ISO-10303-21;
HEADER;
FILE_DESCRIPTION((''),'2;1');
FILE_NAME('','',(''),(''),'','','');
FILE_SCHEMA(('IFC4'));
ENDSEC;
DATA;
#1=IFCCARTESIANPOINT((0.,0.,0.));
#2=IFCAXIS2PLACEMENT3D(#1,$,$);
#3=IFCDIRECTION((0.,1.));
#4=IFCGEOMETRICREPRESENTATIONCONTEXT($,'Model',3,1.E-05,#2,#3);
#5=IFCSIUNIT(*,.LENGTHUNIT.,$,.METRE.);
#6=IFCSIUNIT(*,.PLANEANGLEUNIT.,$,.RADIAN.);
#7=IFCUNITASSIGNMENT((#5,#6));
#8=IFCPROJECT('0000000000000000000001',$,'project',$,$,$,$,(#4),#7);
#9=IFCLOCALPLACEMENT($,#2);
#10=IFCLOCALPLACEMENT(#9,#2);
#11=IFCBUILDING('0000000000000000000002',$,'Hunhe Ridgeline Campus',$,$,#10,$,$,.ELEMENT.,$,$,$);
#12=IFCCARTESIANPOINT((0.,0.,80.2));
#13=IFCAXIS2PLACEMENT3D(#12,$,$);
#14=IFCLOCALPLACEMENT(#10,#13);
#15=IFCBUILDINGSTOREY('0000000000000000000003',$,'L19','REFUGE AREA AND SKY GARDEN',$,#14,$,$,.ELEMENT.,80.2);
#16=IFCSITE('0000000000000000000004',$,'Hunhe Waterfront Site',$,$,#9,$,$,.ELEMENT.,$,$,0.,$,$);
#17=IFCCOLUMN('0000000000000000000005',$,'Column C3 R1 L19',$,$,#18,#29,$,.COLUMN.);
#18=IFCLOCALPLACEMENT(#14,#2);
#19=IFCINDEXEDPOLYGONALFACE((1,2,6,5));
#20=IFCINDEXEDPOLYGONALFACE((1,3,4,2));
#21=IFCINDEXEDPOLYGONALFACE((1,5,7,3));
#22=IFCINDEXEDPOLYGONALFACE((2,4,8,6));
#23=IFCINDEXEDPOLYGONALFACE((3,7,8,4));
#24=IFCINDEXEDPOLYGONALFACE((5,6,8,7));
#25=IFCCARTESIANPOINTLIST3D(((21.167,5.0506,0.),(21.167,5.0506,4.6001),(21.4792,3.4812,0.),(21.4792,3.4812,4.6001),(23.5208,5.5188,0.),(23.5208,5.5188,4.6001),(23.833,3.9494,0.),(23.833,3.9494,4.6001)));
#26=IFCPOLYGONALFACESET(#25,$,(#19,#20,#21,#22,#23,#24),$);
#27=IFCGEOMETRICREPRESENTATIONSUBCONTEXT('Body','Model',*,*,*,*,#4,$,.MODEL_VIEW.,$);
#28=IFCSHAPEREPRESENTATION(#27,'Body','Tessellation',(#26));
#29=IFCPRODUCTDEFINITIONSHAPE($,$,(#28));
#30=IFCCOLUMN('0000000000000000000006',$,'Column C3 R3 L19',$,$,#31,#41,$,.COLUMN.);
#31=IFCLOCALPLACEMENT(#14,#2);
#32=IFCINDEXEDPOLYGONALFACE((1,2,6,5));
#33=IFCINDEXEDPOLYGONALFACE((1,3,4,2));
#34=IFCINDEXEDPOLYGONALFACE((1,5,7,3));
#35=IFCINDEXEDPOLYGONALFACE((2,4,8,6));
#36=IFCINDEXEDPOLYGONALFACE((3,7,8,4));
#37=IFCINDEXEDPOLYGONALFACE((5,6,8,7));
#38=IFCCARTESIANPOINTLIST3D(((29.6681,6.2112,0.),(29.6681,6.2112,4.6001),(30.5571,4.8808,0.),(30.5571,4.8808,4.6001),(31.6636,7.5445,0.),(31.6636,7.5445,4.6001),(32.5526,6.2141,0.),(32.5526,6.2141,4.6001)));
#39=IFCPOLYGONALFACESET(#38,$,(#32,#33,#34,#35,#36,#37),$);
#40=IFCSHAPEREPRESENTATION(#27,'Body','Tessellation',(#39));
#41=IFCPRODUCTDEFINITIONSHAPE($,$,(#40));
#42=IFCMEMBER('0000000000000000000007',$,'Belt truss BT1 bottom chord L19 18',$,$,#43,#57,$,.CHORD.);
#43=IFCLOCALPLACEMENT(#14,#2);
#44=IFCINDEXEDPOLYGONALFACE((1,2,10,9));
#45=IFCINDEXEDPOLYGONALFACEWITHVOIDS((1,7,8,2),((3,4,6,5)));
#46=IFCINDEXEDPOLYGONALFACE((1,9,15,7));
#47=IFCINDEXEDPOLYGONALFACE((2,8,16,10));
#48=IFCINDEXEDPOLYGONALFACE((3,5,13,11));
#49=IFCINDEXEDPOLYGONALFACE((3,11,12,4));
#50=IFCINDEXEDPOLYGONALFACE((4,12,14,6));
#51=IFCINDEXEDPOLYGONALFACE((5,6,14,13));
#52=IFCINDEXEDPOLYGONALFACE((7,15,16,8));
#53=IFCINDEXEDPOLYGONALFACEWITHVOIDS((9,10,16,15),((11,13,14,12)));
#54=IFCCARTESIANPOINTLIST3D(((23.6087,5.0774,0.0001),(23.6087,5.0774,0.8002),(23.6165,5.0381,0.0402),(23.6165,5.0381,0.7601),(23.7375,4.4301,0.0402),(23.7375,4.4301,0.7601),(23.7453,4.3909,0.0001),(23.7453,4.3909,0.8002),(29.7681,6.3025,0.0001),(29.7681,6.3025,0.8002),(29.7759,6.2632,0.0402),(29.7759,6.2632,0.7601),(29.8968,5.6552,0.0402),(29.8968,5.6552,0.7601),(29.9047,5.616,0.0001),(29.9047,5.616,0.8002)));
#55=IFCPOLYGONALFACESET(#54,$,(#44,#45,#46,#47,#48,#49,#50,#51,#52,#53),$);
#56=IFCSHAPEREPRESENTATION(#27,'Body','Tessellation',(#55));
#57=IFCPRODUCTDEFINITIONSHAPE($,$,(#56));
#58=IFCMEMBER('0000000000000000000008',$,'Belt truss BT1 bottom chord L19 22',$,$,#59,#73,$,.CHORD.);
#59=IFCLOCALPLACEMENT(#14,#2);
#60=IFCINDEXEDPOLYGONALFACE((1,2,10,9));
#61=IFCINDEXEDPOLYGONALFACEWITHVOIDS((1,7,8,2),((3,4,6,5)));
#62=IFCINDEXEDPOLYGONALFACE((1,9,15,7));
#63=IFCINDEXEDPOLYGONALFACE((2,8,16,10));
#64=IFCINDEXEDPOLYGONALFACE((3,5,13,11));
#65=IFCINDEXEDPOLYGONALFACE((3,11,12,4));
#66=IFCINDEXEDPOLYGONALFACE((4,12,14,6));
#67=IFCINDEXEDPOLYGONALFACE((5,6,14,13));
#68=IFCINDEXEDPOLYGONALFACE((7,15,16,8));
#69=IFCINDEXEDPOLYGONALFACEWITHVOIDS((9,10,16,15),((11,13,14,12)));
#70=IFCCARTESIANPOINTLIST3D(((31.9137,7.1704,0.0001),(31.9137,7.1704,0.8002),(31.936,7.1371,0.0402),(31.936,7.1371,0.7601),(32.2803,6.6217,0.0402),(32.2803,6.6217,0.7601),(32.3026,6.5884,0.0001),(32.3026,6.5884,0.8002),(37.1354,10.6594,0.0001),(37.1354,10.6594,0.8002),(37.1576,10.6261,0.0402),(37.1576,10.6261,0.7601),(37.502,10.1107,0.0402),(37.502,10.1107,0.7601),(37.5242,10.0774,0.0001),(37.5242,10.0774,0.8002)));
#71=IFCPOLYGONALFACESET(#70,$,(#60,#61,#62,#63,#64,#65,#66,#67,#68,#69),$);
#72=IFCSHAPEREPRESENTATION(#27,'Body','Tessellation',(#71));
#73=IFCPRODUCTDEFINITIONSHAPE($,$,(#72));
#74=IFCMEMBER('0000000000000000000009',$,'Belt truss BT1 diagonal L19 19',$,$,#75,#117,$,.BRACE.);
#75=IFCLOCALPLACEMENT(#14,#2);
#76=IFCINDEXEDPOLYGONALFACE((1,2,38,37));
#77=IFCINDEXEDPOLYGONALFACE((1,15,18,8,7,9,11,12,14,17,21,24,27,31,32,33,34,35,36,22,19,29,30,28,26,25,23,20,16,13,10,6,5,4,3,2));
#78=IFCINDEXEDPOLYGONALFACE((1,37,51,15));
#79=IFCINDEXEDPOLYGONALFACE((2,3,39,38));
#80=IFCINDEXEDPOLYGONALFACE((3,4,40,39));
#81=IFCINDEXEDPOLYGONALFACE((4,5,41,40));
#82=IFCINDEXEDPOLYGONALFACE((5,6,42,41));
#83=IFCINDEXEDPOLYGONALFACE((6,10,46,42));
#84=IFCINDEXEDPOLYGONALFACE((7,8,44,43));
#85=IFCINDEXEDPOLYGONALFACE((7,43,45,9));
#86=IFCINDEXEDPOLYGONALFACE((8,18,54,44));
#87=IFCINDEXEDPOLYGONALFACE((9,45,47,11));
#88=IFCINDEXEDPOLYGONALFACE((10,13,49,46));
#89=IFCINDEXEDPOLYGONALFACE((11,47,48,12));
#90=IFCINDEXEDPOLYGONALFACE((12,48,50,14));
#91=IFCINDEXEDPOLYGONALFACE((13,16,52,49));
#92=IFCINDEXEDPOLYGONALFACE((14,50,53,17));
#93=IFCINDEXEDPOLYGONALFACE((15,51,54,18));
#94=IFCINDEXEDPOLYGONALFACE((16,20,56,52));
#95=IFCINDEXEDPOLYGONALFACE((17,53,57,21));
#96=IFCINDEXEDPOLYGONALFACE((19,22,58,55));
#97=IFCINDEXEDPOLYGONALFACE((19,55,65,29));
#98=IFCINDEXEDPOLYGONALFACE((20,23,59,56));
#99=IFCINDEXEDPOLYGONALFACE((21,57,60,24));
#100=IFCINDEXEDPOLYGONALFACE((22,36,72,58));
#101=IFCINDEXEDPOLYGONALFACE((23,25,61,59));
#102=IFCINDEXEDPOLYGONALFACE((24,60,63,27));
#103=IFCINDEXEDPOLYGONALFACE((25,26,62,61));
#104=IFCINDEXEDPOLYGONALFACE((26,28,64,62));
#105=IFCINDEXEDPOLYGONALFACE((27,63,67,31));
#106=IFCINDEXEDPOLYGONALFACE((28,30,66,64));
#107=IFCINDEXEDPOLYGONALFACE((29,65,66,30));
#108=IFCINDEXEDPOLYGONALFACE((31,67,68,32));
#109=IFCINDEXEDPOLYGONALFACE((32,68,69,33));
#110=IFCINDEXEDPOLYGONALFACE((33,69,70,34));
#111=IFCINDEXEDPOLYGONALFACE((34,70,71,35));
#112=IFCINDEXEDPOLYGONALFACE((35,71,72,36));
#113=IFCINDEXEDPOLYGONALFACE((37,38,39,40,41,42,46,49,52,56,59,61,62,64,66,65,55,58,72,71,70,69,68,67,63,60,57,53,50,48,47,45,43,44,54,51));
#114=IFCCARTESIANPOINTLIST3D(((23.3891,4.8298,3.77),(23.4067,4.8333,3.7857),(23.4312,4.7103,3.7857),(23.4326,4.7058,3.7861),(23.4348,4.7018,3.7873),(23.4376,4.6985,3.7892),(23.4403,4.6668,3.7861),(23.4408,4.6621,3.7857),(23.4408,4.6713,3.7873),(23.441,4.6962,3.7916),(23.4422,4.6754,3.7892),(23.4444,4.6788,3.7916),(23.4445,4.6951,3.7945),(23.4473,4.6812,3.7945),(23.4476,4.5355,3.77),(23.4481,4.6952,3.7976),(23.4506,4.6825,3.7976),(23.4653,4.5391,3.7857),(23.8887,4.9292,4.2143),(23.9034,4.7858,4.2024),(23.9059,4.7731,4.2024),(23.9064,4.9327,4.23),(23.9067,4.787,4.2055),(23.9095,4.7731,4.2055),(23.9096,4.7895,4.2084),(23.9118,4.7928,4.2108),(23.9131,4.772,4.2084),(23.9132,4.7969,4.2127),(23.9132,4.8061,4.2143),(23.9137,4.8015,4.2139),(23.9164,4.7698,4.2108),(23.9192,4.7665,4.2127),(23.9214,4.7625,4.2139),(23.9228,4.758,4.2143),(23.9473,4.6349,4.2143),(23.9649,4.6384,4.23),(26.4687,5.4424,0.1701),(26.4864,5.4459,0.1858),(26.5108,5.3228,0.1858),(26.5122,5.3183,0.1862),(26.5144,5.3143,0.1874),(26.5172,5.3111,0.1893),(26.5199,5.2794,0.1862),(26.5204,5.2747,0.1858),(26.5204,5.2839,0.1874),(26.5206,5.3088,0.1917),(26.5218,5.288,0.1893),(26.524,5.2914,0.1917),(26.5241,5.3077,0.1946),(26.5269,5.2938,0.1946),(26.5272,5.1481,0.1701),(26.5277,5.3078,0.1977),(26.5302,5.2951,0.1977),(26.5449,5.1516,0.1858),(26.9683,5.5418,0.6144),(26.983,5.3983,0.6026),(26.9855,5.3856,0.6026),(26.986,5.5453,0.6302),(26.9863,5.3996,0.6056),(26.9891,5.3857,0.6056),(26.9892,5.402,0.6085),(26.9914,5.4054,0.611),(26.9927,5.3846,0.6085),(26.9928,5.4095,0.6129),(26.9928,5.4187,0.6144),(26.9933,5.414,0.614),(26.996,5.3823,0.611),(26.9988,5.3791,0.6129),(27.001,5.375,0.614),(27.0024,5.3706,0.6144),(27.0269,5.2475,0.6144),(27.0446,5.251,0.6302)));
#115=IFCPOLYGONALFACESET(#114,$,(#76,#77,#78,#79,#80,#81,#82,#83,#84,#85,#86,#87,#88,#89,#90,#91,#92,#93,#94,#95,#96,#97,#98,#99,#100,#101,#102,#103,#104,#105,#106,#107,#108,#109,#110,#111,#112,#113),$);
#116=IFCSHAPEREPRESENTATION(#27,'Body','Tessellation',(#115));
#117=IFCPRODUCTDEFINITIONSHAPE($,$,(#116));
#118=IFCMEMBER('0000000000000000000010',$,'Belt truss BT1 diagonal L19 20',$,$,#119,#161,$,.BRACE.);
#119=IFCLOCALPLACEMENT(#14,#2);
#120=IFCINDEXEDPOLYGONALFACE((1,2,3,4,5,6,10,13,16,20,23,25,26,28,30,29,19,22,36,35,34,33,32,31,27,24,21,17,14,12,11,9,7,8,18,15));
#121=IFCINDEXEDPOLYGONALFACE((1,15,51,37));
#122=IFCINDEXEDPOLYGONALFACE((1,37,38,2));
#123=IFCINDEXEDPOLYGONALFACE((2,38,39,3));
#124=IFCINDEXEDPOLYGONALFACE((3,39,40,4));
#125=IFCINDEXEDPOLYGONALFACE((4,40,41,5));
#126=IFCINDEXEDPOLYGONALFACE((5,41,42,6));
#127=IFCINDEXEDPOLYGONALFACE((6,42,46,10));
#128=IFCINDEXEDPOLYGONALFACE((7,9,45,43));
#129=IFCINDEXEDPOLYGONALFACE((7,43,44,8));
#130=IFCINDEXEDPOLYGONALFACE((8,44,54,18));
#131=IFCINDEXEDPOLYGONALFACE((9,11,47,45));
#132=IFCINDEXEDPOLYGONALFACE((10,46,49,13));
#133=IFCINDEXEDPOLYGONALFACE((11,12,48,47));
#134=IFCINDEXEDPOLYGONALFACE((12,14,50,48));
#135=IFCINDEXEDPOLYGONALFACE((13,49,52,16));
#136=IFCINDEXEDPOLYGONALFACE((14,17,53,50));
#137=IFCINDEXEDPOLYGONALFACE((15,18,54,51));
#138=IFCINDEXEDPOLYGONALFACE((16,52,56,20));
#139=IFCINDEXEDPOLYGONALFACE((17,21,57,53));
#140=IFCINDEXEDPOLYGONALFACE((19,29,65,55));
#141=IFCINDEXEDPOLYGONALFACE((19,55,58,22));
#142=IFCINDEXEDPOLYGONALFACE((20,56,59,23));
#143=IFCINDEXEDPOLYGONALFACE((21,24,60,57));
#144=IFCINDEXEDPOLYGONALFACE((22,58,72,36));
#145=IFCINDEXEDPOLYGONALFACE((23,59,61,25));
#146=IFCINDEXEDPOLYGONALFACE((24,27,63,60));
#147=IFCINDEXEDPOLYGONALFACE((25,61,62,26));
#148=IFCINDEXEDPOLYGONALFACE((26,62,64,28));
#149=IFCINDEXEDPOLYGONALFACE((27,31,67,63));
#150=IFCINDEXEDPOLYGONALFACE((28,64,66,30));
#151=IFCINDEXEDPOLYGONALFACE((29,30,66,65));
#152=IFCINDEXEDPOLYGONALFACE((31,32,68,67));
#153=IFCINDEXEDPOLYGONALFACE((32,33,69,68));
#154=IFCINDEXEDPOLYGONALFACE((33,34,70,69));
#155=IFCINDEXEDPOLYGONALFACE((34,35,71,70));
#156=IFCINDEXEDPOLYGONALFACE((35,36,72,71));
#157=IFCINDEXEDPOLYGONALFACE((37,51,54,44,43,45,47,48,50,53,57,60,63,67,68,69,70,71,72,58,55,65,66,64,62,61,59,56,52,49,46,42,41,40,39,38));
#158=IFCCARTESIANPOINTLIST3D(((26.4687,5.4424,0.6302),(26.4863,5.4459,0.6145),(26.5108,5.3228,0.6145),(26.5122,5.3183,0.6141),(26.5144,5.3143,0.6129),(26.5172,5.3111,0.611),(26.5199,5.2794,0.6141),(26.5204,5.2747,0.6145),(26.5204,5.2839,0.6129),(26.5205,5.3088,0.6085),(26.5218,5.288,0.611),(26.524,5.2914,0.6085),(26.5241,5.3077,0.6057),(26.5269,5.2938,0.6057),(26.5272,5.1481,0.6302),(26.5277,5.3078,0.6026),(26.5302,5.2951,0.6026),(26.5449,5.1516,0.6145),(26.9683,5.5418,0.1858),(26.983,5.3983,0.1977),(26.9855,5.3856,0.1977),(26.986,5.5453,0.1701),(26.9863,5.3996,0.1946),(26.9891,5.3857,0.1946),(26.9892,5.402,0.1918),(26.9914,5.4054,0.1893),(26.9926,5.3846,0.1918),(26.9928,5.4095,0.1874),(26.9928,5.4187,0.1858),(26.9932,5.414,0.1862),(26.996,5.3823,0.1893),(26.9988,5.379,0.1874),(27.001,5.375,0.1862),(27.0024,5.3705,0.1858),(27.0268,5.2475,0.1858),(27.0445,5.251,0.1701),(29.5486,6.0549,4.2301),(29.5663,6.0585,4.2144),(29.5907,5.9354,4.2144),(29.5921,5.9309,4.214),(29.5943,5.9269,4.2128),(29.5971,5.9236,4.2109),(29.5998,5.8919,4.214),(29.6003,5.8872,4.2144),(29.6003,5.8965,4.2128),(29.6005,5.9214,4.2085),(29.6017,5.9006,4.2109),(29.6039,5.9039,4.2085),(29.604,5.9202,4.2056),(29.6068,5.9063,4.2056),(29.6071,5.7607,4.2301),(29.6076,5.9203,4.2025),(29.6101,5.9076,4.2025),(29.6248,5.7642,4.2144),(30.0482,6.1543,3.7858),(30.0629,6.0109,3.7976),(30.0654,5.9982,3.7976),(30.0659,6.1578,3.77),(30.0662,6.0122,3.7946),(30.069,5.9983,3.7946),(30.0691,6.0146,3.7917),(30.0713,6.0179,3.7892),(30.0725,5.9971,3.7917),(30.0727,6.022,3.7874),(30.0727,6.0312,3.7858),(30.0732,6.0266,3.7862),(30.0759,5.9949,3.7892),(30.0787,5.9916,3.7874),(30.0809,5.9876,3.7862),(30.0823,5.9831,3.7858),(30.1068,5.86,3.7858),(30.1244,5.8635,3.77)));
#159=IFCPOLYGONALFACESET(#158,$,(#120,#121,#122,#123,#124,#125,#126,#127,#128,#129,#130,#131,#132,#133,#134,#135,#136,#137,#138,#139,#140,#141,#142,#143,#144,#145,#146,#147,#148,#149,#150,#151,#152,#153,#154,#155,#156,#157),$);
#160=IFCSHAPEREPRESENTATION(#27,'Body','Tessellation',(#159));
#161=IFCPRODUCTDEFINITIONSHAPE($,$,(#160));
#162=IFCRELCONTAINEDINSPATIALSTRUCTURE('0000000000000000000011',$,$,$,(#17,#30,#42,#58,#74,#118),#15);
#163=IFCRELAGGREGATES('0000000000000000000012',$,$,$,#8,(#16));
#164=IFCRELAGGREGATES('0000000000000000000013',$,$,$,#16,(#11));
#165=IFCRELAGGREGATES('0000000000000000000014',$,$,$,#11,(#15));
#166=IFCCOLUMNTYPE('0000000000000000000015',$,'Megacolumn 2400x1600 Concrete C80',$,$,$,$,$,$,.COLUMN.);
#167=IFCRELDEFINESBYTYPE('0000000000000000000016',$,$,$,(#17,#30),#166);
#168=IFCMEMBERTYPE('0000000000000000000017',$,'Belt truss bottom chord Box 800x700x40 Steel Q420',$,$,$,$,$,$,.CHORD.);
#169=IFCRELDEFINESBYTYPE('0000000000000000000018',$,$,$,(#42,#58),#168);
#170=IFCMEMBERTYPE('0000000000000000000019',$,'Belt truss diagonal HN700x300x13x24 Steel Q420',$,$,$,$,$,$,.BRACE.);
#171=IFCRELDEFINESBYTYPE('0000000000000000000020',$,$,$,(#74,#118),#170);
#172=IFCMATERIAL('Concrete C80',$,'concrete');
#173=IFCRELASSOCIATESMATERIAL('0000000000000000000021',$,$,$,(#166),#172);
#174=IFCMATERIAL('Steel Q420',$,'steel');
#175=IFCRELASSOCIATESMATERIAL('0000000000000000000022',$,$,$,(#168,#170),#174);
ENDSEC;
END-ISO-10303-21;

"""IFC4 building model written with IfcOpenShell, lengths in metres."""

from ifc_helpers import new_model, si_unit, direction, frame, origin, origin_2d, place, context, subcontext, project, spatial, rectangle, hollow_rectangle, i_section, extrude, material, material_profile, profile_set, type_object, element, save


model = new_model("IFC4")

# Units and contexts
model_context = context("Model", 3, precision=1e-05, world=origin(), true_north=direction((0.0, 1.0)))
body_context = subcontext(model_context, "Body", "Model", "MODEL_VIEW")
ifc_project = project(units=[si_unit("LENGTHUNIT", "METRE"), si_unit("PLANEANGLEUNIT", "RADIAN")], contexts=[model_context])

# Site, building, storey
site_placement = place(None, origin())
site = spatial("IfcSite", under=ifc_project, at=site_placement, Name="Hunhe Waterfront Site", CompositionType="ELEMENT", RefElevation=0.0)
building_placement = place(site_placement, origin())
building = spatial("IfcBuilding", under=site, at=building_placement, Name="Hunhe Ridgeline Campus", CompositionType="ELEMENT")
storey_placement = place(building_placement, frame((0.0, 0.0, 80.2)))
storey = spatial("IfcBuildingStorey", under=building, at=storey_placement, Name="L19", Description="REFUGE AREA AND SKY GARDEN", CompositionType="ELEMENT", Elevation=80.2)

# Columns
ifc_material_1 = material(Name="Concrete C80", Category="concrete")
ifc_material_profile_1 = material_profile(ifc_material_1, rectangle(XDim=2.3999, YDim=1.6001, at=origin_2d()))
ifc_profile_set_1 = profile_set([ifc_material_profile_1], Name="Concrete C80")
column_type = type_object("IfcColumnType", Name="Megacolumn 2400x1600 Concrete C80", PredefinedType="COLUMN", material=ifc_profile_set_1)
for number, where, z_axis, x_axis, name in (
    (1, (22.5, 4.5, 0.0), (0.0, 0.0, 1.0), (0.980785, 0.19509, 0.0), "Column C3 R1 L19"),
    (2, (31.1104, 6.2126, 0.0), (0.0, 0.0, 1.0), (0.83147, 0.55557, 0.0), "Column C3 R3 L19"),
):
    element("IfcColumn", number, at=place(storey_placement, frame(where, z_axis=z_axis, x_axis=x_axis)), inside=storey, type_object=column_type, Name=name, PredefinedType="COLUMN", context=body_context, shape_type="SweptSolid", body=[
        extrude(rectangle(XDim=2.3999, YDim=1.6001, at=origin_2d()), origin(), (0.0, 0.0, 1.0), 4.6001),
    ])

# Members
ifc_material_2 = material(Name="Steel Q420", Category="steel")
ifc_material_profile_2 = material_profile(ifc_material_2, hollow_rectangle(XDim=0.7, YDim=0.8, WallThickness=0.04, at=origin_2d()))
ifc_profile_set_2 = profile_set([ifc_material_profile_2], Name="Steel Q420")
member_type_1 = type_object("IfcMemberType", Name="Belt truss bottom chord Box 800x700x40 Steel Q420", PredefinedType="CHORD", material=ifc_profile_set_2)
for number, where, z_axis, x_axis, name in (
    (3, (23.677, 4.7341, 0.4001), (0.980788, 0.195077, 0.0), (-0.195077, 0.980788, 0.0), "Belt truss BT1 bottom chord L19 18"),
    (4, (32.1082, 6.8794, 0.4001), (0.83147, 0.55557, 0.0), (-0.55557, 0.83147, 0.0), "Belt truss BT1 bottom chord L19 22"),
):
    element("IfcMember", number, at=place(storey_placement, frame(where, z_axis=z_axis, x_axis=x_axis)), inside=storey, type_object=member_type_1, Name=name, PredefinedType="CHORD", context=body_context, shape_type="SweptSolid", body=[
        extrude(hollow_rectangle(XDim=0.7, YDim=0.8, WallThickness=0.04, at=origin_2d()), origin(), (0.0, 0.0, 1.0), 6.28),
    ])
ifc_material_profile_3 = material_profile(ifc_material_2, i_section(OverallWidth=0.3, OverallDepth=0.7, WebThickness=0.0129, FlangeThickness=0.0239, FilletRadius=0.0181, at=origin_2d()))
ifc_profile_set_3 = profile_set([ifc_material_profile_3], Name="Steel Q420")
member_type_2 = type_object("IfcMemberType", Name="Belt truss diagonal HN700x300x13x24 Steel Q420", PredefinedType="BRACE", material=ifc_profile_set_3)
member_1_placement = place(storey_placement, frame((23.677, 4.7341, 4.0), z_axis=(0.644694, 0.128234, -0.753608), x_axis=(-0.195084, 0.980786, 0.0)))
element("IfcMember", 5, at=member_1_placement, inside=storey, type_object=member_type_2, Name="Belt truss BT1 diagonal L19 19", PredefinedType="BRACE", context=body_context, shape_type="SweptSolid", body=[
    extrude(i_section(OverallWidth=0.3, OverallDepth=0.7, WebThickness=0.0129, FlangeThickness=0.0239, FilletRadius=0.0181, at=origin_2d()), origin(), (0.0, 0.0, 1.0), 4.7769),
])
member_2_placement = place(storey_placement, frame((26.7566, 5.3467, 0.4001), z_axis=(0.644724, 0.128229, 0.753584), x_axis=(-0.195069, 0.980789, 0.0)))
element("IfcMember", 6, at=member_2_placement, inside=storey, type_object=member_type_2, Name="Belt truss BT1 diagonal L19 20", PredefinedType="BRACE", context=body_context, shape_type="SweptSolid", body=[
    extrude(i_section(OverallWidth=0.3, OverallDepth=0.7, WebThickness=0.0129, FlangeThickness=0.0239, FilletRadius=0.0181, at=origin_2d()), origin(), (0.0, 0.0, 1.0), 4.7771),
])

save(model, "model.ifc")
